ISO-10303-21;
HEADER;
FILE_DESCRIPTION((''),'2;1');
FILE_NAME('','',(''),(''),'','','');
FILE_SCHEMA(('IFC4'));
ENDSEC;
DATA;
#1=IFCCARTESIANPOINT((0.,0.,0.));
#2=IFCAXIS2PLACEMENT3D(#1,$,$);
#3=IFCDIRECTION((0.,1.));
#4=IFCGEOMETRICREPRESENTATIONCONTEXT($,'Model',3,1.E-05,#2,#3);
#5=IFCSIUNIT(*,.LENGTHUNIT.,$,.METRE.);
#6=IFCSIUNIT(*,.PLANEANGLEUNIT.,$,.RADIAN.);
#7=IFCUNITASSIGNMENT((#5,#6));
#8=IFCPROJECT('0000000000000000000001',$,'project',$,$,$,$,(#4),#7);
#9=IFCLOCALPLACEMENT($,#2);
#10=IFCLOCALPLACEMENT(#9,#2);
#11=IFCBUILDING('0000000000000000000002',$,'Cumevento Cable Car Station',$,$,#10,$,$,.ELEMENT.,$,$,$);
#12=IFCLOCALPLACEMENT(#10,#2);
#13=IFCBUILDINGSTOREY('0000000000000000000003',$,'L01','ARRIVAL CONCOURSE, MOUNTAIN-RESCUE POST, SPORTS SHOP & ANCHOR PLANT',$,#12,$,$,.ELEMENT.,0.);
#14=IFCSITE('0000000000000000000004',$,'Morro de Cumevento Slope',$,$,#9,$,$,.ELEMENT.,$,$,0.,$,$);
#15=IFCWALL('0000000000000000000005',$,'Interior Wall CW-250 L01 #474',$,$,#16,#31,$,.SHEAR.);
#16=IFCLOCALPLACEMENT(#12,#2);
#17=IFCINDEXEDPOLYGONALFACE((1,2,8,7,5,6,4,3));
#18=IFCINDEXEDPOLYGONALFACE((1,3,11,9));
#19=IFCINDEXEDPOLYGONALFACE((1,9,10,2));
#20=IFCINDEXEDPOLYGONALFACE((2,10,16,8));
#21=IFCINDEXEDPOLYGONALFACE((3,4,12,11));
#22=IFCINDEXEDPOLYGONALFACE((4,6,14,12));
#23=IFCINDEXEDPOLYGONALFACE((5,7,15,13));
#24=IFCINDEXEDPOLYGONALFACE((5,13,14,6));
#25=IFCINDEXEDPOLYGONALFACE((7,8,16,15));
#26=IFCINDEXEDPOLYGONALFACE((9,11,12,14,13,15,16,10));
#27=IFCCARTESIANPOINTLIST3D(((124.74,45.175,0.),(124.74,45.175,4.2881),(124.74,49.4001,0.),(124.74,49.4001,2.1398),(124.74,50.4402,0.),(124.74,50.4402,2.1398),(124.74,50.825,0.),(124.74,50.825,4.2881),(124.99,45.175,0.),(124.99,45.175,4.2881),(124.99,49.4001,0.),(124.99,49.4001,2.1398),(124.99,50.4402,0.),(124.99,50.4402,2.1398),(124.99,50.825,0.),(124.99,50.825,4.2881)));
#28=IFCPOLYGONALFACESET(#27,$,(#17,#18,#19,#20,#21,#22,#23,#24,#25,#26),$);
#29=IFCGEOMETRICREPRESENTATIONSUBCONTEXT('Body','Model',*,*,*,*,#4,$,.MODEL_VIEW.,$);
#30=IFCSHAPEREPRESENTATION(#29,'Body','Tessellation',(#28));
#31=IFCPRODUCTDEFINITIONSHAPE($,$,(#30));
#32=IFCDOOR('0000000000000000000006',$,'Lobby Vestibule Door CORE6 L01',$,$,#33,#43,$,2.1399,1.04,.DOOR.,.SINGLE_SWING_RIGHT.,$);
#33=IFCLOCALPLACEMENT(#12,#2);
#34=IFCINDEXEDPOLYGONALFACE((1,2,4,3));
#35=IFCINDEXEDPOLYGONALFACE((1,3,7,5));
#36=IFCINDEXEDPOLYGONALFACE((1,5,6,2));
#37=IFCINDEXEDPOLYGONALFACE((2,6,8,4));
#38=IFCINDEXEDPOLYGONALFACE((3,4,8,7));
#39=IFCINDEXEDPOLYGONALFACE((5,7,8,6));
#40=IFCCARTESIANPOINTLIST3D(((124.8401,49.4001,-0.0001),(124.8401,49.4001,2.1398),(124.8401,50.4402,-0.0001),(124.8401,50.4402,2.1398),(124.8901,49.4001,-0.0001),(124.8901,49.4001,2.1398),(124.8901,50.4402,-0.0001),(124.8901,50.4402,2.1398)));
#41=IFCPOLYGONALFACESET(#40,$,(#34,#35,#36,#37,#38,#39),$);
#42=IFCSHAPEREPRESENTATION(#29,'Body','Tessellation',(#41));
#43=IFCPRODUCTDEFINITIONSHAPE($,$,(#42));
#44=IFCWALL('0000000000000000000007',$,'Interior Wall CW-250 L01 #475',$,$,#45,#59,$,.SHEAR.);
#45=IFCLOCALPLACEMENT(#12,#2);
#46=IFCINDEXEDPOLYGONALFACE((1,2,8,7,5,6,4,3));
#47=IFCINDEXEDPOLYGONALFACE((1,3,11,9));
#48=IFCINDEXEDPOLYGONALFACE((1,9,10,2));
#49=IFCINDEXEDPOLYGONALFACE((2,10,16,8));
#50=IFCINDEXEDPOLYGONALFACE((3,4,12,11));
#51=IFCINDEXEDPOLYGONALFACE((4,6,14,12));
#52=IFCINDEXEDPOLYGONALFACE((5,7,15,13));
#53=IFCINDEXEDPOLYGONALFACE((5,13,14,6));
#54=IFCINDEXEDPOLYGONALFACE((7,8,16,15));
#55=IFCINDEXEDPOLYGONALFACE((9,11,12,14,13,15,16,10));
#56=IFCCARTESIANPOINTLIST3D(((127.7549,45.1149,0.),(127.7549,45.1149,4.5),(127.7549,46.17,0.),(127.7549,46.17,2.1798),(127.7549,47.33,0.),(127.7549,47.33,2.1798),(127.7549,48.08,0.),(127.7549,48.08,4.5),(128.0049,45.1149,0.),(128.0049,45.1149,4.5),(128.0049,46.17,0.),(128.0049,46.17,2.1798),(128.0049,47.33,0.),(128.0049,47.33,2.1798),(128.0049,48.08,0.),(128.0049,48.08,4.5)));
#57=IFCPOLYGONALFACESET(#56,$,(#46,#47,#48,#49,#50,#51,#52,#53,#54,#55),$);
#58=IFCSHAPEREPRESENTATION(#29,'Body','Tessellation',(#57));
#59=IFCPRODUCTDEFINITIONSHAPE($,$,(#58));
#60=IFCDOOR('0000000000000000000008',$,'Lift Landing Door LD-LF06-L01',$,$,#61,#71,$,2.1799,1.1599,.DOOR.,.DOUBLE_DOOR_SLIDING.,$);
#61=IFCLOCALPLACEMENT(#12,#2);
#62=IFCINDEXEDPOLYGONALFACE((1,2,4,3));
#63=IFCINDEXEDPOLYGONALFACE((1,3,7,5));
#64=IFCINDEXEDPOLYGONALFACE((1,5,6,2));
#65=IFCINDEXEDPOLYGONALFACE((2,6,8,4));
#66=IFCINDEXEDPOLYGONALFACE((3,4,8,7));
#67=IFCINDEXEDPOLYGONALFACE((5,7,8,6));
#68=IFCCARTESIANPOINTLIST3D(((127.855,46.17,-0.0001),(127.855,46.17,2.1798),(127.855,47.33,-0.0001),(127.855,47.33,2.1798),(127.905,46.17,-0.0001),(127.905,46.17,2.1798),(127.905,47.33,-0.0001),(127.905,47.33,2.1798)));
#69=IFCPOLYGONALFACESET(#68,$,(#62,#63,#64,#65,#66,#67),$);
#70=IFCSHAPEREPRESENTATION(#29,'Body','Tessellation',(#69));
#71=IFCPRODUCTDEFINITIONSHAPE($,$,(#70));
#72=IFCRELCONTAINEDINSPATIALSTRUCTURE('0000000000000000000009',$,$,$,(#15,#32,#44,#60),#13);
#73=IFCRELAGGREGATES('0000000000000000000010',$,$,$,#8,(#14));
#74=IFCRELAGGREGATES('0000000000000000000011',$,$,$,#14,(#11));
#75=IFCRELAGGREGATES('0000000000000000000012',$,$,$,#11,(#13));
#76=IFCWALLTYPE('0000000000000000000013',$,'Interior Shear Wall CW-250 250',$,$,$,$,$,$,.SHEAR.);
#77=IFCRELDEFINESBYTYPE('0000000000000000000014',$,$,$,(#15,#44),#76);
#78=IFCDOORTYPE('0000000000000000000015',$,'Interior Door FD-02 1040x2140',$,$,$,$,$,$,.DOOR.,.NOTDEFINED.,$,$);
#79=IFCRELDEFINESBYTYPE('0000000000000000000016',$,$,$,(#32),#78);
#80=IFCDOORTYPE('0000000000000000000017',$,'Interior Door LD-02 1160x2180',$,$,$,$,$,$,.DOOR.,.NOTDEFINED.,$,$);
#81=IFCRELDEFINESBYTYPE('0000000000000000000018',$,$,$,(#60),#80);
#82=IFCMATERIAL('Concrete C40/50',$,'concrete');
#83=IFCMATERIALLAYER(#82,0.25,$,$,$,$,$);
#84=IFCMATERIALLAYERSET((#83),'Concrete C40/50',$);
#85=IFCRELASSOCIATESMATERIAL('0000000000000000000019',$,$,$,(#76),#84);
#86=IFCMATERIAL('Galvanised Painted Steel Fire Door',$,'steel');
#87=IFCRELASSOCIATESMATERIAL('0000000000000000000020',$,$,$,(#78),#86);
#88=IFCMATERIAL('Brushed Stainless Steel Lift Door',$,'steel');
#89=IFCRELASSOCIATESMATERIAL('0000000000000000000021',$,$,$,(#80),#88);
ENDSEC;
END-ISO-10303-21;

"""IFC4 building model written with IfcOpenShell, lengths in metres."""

from ifc_helpers import new_model, si_unit, direction, frame, frame_2d, origin, place, context, subcontext, project, spatial, rectangle, extrude, material, layer, layer_set, type_object, element, fill, save


model = new_model("IFC4")

# Units and contexts
model_context = context("Model", 3, precision=1e-05, world=origin(), true_north=direction((0.0, 1.0)))
body_context = subcontext(model_context, "Body", "Model", "MODEL_VIEW")
ifc_project = project(units=[si_unit("LENGTHUNIT", "METRE"), si_unit("PLANEANGLEUNIT", "RADIAN")], contexts=[model_context])

# Site, building, storey
site_placement = place(None, origin())
site = spatial("IfcSite", under=ifc_project, at=site_placement, Name="Morro de Cumevento Slope", CompositionType="ELEMENT", RefElevation=0.0)
building_placement = place(site_placement, origin())
building = spatial("IfcBuilding", under=site, at=building_placement, Name="Cumevento Cable Car Station", CompositionType="ELEMENT")
storey_placement = place(building_placement, origin())
storey = spatial("IfcBuildingStorey", under=building, at=storey_placement, Name="L01", Description="ARRIVAL CONCOURSE, MOUNTAIN-RESCUE POST, SPORTS SHOP & ANCHOR PLANT", CompositionType="ELEMENT", Elevation=0.0)

# Walls, openings, doors
ifc_material_1 = material(Name="Concrete C40/50", Category="concrete")
ifc_layer_1 = layer(ifc_material_1, 0.25)
ifc_layer_set_1 = layer_set([ifc_layer_1], Name="Concrete C40/50")
wall_type_1 = type_object("IfcWallType", Name="Interior Shear Wall CW-250 250", PredefinedType="SHEAR", material=ifc_layer_set_1)
wall_1_placement = place(storey_placement, frame((124.865, 45.175, 0.0), z_axis=(0.0, 0.0, 1.0), x_axis=(0.0, 1.0, 0.0)))
wall_1 = element("IfcWall", 1, at=wall_1_placement, inside=storey, type_object=wall_type_1, Name="Interior Wall CW-250 L01 #474", PredefinedType="SHEAR", context=body_context, shape_type="SweptSolid", body=[
    extrude(rectangle(XDim=5.6499, YDim=0.25, at=frame_2d((2.825, 0.0))), origin(), (0.0, 0.0, 1.0), 4.2881),
])
opening_1_placement = place(wall_1_placement, frame((4.2251, 0.0, 0.0)))
opening_1 = element("IfcOpeningElement", 2, at=opening_1_placement, cuts=wall_1, PredefinedType="OPENING", context=body_context, shape_type="SweptSolid", body=[
    extrude(rectangle(XDim=1.04, YDim=2.1399, at=frame_2d((0.52, 1.0698))), frame((0.0, 0.135, 0.0), z_axis=(0.0, -1.0, 0.0), x_axis=(1.0, 0.0, 0.0)), (0.0, 0.0, 1.0), 0.27),
])
ifc_material_2 = material(Name="Galvanised Painted Steel Fire Door", Category="steel")
door_type_1 = type_object("IfcDoorType", Name="Interior Door FD-02 1040x2140", OperationType="NOTDEFINED", PredefinedType="DOOR", material=ifc_material_2)
door_1_placement = place(opening_1_placement, origin())
door_1 = element("IfcDoor", 3, at=door_1_placement, inside=storey, type_object=door_type_1, Name="Lobby Vestibule Door CORE6 L01", OperationType="SINGLE_SWING_RIGHT", OverallHeight=2.1399, OverallWidth=1.04, PredefinedType="DOOR", context=body_context, shape_type="SweptSolid", body=[
    extrude(rectangle(XDim=1.04, YDim=2.1399, at=frame_2d((0.52, 1.0698))), frame((0.0, 0.0249, 0.0), z_axis=(0.0, -1.0, 0.0), x_axis=(1.0, 0.0, 0.0)), (0.0, 0.0, 1.0), 0.05),
])
fill(opening_1, door_1)
wall_2_placement = place(storey_placement, frame((127.8799, 45.115, 0.0), z_axis=(0.0, 0.0, 1.0), x_axis=(0.0, 1.0, 0.0)))
wall_2 = element("IfcWall", 4, at=wall_2_placement, inside=storey, type_object=wall_type_1, Name="Interior Wall CW-250 L01 #475", PredefinedType="SHEAR", context=body_context, shape_type="SweptSolid", body=[
    extrude(rectangle(XDim=2.9651, YDim=0.25, at=frame_2d((1.4824, 0.0))), origin(), (0.0, 0.0, 1.0), 4.5),
])
opening_2_placement = place(wall_2_placement, frame((1.0549, 0.0, 0.0)))
opening_2 = element("IfcOpeningElement", 5, at=opening_2_placement, cuts=wall_2, PredefinedType="OPENING", context=body_context, shape_type="SweptSolid", body=[
    extrude(rectangle(XDim=1.1599, YDim=2.1799, at=frame_2d((0.5801, 1.0898))), frame((0.0, 0.135, 0.0), z_axis=(0.0, -1.0, 0.0), x_axis=(1.0, 0.0, 0.0)), (0.0, 0.0, 1.0), 0.27),
])
ifc_material_3 = material(Name="Brushed Stainless Steel Lift Door", Category="steel")
door_type_2 = type_object("IfcDoorType", Name="Interior Door LD-02 1160x2180", OperationType="NOTDEFINED", PredefinedType="DOOR", material=ifc_material_3)
door_2_placement = place(opening_2_placement, origin())
door_2 = element("IfcDoor", 6, at=door_2_placement, inside=storey, type_object=door_type_2, Name="Lift Landing Door LD-LF06-L01", OperationType="DOUBLE_DOOR_SLIDING", OverallHeight=2.1799, OverallWidth=1.1599, PredefinedType="DOOR", context=body_context, shape_type="SweptSolid", body=[
    extrude(rectangle(XDim=1.1599, YDim=2.1799, at=frame_2d((0.5801, 1.0898))), frame((0.0, 0.0249, 0.0), z_axis=(0.0, -1.0, 0.0), x_axis=(1.0, 0.0, 0.0)), (0.0, 0.0, 1.0), 0.05),
])
fill(opening_2, door_2)

save(model, "model.ifc")
